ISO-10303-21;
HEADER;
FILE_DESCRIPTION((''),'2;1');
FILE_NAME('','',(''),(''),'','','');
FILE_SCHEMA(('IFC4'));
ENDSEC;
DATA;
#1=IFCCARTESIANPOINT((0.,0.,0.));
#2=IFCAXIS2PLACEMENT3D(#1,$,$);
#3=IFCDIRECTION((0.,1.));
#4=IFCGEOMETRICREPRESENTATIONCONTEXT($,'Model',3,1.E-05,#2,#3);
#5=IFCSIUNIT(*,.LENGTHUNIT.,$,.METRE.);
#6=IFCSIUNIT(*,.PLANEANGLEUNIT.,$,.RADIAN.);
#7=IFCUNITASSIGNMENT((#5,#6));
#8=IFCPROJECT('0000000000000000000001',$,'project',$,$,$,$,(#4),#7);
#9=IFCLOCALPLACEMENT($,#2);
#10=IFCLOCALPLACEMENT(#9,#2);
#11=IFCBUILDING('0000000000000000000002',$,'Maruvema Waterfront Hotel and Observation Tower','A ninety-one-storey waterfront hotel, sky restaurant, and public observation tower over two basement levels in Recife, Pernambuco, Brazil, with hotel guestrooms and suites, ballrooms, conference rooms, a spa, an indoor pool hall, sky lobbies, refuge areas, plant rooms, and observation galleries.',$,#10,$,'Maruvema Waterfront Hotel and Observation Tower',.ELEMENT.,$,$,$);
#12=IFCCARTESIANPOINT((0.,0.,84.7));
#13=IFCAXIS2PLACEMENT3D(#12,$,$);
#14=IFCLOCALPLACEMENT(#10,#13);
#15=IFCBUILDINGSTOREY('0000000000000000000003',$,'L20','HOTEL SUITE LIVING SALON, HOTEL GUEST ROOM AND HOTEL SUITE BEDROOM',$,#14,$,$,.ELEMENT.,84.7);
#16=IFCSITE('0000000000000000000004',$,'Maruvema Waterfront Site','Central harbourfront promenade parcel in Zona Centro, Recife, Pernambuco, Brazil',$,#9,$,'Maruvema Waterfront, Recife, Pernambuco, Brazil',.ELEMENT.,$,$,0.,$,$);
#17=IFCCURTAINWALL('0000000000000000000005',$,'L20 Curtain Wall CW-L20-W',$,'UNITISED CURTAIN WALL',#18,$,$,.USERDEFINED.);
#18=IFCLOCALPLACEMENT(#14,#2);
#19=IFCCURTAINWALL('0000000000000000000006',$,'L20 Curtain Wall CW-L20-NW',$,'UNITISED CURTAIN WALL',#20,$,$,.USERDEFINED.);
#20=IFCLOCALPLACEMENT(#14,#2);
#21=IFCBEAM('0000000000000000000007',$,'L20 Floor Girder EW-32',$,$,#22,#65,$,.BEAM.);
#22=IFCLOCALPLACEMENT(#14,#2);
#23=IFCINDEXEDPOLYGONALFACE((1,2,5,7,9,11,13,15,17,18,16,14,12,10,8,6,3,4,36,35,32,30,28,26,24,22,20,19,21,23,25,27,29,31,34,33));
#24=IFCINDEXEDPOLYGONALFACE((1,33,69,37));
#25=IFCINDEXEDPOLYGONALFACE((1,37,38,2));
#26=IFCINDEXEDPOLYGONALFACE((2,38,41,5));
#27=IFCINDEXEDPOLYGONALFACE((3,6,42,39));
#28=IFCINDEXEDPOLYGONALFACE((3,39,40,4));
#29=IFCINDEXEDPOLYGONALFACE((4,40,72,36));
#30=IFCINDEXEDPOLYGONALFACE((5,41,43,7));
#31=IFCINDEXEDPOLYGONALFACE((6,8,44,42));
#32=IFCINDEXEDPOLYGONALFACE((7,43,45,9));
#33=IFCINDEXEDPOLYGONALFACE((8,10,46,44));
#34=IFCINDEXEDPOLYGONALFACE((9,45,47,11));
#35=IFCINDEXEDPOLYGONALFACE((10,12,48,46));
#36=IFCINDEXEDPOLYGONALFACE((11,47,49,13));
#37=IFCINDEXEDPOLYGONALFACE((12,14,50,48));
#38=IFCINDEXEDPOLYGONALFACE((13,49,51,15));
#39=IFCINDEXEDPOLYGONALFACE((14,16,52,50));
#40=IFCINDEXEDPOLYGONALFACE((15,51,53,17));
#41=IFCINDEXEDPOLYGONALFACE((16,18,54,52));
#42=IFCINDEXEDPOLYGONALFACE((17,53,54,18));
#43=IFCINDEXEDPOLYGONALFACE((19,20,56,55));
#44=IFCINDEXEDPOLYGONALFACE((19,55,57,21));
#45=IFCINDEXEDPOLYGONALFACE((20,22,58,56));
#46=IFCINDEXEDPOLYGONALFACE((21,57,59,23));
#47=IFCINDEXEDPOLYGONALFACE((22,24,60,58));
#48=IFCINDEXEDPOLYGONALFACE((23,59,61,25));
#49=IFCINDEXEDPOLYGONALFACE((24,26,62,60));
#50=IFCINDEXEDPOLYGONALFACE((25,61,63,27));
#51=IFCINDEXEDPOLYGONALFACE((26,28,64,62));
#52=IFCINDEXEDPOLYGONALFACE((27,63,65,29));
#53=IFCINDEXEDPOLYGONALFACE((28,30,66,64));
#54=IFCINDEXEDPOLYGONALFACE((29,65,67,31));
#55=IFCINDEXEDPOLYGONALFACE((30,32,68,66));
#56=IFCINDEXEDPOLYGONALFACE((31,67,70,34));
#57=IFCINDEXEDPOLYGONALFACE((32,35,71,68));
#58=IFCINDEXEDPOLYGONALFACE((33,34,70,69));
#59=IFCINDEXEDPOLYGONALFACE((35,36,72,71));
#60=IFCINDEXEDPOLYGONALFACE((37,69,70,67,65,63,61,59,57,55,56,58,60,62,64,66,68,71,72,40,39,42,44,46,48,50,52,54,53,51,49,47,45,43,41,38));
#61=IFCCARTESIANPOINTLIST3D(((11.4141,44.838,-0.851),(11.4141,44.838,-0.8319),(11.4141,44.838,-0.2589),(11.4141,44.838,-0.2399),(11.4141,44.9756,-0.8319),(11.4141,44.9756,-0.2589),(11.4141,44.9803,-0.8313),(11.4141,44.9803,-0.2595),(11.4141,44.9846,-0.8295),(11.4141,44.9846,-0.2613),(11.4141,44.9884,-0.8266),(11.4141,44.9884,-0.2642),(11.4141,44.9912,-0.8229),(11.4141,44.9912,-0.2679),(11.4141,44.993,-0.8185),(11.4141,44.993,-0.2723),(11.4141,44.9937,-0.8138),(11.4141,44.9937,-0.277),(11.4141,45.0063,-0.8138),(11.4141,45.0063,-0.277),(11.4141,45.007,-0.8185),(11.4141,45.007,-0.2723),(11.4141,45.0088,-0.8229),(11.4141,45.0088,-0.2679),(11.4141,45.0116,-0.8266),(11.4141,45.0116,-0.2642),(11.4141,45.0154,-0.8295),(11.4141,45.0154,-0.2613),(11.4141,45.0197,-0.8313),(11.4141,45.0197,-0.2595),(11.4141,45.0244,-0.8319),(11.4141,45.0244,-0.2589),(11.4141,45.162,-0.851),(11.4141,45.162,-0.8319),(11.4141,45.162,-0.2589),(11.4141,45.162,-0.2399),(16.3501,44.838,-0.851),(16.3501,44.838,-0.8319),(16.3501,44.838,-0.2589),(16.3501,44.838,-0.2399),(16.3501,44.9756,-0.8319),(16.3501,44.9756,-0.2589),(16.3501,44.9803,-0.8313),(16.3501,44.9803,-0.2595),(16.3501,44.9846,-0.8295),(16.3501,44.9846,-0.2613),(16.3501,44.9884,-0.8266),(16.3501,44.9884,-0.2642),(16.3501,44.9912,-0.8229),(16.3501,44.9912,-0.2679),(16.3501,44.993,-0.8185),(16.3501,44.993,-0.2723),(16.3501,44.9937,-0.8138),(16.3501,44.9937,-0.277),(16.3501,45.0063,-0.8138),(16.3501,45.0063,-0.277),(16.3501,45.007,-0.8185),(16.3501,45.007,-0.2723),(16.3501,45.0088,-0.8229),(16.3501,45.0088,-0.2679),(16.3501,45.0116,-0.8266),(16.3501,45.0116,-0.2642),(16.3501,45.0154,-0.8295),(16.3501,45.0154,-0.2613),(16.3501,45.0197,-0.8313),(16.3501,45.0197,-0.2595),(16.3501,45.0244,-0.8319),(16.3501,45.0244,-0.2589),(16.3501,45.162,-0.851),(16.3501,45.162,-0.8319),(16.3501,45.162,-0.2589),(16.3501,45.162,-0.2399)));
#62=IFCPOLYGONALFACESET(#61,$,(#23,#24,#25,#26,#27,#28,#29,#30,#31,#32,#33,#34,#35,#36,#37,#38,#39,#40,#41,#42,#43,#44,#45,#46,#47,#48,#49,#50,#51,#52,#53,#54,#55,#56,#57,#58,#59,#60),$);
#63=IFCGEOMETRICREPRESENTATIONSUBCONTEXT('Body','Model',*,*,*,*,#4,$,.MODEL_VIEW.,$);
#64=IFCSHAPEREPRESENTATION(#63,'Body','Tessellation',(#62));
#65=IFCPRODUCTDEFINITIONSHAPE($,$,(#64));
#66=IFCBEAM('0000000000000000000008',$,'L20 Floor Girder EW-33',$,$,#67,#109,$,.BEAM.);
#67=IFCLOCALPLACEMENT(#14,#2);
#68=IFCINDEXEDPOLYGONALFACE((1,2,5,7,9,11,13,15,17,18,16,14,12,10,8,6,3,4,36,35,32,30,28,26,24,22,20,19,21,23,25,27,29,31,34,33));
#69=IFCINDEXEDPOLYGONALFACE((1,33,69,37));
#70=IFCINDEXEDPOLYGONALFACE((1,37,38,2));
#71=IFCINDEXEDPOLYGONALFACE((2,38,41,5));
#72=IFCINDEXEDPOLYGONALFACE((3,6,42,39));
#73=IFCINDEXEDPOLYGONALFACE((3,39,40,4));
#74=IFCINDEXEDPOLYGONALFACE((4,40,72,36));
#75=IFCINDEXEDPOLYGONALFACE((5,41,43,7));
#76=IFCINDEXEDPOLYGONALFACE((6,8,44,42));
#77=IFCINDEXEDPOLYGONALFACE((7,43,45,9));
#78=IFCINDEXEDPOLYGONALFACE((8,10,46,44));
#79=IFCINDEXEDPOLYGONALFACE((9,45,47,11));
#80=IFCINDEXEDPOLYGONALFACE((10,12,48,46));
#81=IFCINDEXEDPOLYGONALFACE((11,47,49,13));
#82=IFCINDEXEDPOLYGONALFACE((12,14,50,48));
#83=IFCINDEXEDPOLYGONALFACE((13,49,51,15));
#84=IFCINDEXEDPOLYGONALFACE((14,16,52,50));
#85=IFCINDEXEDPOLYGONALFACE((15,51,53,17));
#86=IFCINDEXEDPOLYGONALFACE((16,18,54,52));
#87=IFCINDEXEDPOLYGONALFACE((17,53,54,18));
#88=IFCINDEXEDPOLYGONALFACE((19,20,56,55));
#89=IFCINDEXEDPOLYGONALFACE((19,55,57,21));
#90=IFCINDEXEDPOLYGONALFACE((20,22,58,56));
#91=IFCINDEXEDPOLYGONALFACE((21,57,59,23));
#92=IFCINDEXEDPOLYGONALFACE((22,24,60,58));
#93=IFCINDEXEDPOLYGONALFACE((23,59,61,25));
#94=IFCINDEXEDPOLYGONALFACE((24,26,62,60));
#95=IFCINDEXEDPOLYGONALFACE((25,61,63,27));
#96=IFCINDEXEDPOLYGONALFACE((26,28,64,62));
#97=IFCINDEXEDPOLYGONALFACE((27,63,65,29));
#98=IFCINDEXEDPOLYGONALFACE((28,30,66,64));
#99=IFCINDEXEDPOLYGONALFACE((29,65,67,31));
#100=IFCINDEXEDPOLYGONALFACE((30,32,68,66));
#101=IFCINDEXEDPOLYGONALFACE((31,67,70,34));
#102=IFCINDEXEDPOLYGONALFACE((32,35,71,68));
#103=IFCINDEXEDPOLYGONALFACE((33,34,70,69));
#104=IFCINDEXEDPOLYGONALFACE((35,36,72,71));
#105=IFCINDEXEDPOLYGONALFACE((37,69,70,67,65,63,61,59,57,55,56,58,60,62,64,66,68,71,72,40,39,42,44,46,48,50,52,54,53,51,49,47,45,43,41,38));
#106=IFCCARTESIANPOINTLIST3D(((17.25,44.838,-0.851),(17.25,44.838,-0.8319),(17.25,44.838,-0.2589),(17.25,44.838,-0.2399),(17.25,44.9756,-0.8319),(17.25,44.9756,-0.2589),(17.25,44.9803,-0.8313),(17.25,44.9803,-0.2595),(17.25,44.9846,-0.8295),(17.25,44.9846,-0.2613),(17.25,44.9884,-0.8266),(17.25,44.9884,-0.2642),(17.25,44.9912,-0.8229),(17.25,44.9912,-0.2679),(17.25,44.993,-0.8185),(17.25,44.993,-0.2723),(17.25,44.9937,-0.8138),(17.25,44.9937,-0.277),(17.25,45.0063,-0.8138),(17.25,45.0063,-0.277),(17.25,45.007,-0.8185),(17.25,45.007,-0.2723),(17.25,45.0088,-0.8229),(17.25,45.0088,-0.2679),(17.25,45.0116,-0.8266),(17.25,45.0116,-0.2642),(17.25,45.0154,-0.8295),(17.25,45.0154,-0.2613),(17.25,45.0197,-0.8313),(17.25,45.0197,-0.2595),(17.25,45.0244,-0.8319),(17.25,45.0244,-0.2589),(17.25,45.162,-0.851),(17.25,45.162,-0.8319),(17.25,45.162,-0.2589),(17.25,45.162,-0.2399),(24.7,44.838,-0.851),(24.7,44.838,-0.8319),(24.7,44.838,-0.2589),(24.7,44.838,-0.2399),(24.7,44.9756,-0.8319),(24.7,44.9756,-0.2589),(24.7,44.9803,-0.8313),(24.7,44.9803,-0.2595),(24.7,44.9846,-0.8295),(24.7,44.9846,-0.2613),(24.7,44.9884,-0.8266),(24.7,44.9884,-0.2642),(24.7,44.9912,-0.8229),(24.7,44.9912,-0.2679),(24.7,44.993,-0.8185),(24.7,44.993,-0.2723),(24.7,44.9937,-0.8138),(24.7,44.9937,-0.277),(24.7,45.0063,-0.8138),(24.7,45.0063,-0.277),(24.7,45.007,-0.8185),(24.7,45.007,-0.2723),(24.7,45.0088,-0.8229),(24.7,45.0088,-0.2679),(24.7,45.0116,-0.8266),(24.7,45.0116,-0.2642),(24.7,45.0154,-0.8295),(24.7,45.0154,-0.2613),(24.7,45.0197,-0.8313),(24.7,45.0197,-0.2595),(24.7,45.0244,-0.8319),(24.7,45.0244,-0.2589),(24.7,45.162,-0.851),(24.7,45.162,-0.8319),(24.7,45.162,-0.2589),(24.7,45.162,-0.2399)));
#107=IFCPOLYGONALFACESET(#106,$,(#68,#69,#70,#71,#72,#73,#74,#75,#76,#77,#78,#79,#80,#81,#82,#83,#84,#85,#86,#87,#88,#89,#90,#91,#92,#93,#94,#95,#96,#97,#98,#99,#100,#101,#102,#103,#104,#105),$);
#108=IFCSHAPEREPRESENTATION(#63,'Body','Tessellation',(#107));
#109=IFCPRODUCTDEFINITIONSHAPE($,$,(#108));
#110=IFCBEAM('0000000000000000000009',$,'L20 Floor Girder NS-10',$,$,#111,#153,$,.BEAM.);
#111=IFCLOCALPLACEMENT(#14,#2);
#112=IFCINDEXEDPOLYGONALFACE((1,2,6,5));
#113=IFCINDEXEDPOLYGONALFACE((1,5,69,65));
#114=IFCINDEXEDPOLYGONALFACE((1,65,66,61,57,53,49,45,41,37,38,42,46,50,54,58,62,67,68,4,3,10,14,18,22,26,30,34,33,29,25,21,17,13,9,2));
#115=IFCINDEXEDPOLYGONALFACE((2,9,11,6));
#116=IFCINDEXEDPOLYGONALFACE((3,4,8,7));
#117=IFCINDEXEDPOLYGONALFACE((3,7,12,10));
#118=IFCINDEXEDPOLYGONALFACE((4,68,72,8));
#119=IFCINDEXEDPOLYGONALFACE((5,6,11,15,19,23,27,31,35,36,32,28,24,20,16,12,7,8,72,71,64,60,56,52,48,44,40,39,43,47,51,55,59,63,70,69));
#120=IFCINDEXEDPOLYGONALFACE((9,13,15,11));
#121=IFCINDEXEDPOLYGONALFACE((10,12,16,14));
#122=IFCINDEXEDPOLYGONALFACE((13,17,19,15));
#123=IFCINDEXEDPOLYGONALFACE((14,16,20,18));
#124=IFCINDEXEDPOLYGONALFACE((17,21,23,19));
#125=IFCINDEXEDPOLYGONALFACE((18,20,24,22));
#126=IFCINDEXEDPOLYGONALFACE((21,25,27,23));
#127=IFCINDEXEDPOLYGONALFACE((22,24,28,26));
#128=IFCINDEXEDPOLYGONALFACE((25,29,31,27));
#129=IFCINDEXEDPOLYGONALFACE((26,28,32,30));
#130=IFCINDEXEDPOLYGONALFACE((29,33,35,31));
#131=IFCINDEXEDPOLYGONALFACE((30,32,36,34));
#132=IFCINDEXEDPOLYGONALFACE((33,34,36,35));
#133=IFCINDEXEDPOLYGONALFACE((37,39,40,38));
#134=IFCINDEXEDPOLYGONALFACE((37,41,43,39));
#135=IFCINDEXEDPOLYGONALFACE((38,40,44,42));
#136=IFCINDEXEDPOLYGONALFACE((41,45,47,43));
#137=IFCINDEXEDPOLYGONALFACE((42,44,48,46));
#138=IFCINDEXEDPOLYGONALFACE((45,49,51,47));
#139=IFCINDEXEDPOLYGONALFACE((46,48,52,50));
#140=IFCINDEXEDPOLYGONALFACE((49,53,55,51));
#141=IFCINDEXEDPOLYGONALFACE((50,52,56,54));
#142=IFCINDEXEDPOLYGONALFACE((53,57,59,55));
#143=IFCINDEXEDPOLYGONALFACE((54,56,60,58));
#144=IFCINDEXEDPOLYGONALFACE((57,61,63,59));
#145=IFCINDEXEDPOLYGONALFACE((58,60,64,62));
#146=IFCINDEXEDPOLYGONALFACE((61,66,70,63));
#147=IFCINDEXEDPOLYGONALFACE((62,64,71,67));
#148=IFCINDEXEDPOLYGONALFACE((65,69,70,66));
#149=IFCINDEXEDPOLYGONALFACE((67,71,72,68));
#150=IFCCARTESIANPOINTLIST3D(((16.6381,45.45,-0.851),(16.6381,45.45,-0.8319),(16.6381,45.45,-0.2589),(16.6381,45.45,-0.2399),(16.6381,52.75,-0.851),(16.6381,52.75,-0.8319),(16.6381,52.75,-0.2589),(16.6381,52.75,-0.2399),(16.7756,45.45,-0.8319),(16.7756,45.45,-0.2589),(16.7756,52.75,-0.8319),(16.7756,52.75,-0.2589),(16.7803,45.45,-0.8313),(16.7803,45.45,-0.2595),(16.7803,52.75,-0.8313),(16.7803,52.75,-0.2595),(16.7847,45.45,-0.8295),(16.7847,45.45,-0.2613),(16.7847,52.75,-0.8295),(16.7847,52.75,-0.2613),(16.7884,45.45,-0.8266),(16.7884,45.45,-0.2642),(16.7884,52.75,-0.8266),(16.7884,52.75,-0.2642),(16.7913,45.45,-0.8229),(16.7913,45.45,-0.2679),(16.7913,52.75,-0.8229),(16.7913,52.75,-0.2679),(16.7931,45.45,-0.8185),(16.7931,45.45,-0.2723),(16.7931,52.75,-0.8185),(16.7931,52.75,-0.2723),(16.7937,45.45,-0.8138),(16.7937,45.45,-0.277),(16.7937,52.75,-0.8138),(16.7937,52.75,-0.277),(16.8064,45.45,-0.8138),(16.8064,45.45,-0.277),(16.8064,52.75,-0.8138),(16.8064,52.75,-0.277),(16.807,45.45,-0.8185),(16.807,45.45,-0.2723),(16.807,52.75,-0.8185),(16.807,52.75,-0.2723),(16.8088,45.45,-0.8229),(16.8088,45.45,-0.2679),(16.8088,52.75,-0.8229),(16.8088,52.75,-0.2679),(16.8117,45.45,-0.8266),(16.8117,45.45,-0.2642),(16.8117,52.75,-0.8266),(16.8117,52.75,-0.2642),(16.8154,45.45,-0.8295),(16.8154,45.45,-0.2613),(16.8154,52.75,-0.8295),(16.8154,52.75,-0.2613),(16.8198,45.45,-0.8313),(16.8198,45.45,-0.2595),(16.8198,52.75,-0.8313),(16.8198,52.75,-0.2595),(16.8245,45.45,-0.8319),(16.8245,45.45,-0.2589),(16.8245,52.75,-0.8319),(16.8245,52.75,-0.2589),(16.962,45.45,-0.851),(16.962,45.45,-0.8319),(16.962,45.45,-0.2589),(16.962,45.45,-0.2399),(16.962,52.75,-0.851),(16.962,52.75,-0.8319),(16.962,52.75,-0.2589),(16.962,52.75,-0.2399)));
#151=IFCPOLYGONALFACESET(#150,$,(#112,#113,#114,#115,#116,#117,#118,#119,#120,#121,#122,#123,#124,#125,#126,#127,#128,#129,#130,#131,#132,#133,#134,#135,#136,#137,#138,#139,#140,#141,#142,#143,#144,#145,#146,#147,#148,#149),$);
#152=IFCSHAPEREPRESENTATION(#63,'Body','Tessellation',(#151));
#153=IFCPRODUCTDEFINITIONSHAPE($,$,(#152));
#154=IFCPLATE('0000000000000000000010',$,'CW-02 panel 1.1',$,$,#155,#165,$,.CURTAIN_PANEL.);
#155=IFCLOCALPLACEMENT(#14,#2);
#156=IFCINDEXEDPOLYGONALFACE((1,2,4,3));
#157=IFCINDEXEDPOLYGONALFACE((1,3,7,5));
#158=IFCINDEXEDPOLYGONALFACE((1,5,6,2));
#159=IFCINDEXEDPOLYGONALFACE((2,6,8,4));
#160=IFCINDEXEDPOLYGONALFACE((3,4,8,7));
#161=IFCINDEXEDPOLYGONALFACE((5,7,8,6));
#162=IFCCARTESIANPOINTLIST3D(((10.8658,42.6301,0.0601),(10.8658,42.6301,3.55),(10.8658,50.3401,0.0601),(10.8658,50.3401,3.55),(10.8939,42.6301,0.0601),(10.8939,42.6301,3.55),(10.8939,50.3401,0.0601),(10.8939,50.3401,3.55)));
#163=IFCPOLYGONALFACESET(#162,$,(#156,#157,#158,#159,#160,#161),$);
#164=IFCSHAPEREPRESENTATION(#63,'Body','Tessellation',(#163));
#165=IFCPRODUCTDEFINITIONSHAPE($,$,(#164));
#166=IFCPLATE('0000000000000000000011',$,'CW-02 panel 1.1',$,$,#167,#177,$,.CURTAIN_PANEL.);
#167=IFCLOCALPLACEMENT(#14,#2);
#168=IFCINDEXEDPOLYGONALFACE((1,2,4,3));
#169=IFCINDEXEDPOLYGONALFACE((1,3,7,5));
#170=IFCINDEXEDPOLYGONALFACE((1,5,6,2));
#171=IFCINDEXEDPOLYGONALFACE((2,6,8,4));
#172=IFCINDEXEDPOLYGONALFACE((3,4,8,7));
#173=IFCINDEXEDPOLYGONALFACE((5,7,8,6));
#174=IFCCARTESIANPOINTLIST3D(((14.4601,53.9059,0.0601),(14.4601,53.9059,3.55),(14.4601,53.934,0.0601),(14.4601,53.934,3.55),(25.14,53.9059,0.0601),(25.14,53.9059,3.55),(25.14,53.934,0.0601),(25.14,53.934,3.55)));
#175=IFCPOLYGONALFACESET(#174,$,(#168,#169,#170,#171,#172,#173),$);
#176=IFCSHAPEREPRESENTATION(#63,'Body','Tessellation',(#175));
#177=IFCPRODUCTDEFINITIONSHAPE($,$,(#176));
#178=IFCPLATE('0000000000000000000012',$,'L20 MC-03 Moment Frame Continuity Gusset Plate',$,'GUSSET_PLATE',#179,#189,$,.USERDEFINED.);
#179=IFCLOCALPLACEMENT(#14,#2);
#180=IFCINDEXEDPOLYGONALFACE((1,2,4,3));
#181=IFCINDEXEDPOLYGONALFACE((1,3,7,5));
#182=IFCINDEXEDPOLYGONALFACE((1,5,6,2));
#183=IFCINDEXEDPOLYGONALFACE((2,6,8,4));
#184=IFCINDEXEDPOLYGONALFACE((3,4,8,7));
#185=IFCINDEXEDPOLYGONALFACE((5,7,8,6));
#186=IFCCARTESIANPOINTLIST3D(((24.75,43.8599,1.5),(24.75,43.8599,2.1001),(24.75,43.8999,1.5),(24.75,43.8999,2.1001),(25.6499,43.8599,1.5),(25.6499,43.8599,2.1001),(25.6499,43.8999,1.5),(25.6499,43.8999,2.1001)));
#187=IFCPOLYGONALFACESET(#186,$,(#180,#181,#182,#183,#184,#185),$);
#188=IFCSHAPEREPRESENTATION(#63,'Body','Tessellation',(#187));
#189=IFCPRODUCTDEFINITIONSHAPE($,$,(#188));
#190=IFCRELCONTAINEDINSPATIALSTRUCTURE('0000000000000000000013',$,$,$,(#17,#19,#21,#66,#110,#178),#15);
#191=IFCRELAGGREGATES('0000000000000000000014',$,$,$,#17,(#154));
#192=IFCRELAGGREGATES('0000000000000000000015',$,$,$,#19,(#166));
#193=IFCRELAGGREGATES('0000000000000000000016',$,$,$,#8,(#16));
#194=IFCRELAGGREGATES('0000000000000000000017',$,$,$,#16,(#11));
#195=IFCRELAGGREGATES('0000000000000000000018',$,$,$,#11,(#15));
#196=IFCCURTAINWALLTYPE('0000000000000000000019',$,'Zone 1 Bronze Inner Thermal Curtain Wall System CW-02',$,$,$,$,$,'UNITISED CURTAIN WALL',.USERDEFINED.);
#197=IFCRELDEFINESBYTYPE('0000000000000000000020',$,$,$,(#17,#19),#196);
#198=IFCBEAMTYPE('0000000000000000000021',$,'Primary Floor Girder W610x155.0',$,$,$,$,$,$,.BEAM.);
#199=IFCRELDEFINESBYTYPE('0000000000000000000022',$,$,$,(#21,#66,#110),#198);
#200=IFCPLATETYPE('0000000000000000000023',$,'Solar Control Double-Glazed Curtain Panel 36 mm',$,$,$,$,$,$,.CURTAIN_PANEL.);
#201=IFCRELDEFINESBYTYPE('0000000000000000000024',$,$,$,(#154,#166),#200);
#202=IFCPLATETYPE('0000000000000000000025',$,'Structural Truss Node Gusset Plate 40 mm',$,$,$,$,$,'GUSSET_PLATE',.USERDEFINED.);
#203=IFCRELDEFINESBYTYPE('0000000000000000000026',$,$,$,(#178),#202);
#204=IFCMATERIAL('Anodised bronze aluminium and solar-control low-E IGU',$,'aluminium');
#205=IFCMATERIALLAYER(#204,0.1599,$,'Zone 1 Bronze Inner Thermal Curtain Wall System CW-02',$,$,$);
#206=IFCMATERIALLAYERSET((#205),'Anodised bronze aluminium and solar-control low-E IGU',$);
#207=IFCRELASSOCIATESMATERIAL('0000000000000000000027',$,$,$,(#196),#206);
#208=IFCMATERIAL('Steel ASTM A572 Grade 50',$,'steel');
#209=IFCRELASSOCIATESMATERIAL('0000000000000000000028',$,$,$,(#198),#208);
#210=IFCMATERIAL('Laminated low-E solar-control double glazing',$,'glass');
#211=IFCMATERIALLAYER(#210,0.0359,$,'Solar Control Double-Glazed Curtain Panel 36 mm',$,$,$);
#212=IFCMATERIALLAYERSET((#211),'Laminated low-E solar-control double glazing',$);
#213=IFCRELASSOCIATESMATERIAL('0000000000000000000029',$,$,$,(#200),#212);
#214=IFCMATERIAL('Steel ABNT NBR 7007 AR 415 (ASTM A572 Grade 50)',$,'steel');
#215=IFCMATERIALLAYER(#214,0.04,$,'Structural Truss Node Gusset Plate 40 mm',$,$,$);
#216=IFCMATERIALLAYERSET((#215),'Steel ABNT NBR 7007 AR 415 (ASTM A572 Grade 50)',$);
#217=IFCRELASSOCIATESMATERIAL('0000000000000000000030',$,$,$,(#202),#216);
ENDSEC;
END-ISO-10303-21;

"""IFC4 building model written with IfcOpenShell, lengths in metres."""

from ifc_helpers import new_model, si_unit, direction, frame, origin, origin_2d, place, context, subcontext, project, spatial, rectangle, i_section, extrude, material, layer, layer_set, material_profile, profile_set, type_object, element, aggregate, save


model = new_model("IFC4")

# Units and contexts
model_context = context("Model", 3, precision=1e-05, world=origin(), true_north=direction((0.0, 1.0)))
body_context = subcontext(model_context, "Body", "Model", "MODEL_VIEW")
ifc_project = project(units=[si_unit("LENGTHUNIT", "METRE"), si_unit("PLANEANGLEUNIT", "RADIAN")], contexts=[model_context])

# Site, building, storey
site_placement = place(None, origin())
site = spatial("IfcSite", under=ifc_project, at=site_placement, Name="Maruvema Waterfront Site", Description="Central harbourfront promenade parcel in Zona Centro, Recife, Pernambuco, Brazil", LongName="Maruvema Waterfront, Recife, Pernambuco, Brazil", CompositionType="ELEMENT", RefElevation=0.0)
building_placement = place(site_placement, origin())
building = spatial("IfcBuilding", under=site, at=building_placement, Name="Maruvema Waterfront Hotel and Observation Tower", Description="A ninety-one-storey waterfront hotel, sky restaurant, and public observation tower over two basement levels in Recife, Pernambuco, Brazil, with hotel guestrooms and suites, ballrooms, conference rooms, a spa, an indoor pool hall, sky lobbies, refuge areas, plant rooms, and observation galleries.", LongName="Maruvema Waterfront Hotel and Observation Tower", CompositionType="ELEMENT")
storey_placement = place(building_placement, frame((0.0, 0.0, 84.7)))
storey = spatial("IfcBuildingStorey", under=building, at=storey_placement, Name="L20", Description="HOTEL SUITE LIVING SALON, HOTEL GUEST ROOM AND HOTEL SUITE BEDROOM", CompositionType="ELEMENT", Elevation=84.7)

# Curtain walls
ifc_material_1 = material(Name="Anodised bronze aluminium and solar-control low-E IGU", Category="aluminium")
ifc_layer_1 = layer(ifc_material_1, 0.1599, Name="Zone 1 Bronze Inner Thermal Curtain Wall System CW-02")
ifc_layer_set_1 = layer_set([ifc_layer_1], Name="Anodised bronze aluminium and solar-control low-E IGU")
curtain_wall_type = type_object("IfcCurtainWallType", Name="Zone 1 Bronze Inner Thermal Curtain Wall System CW-02", ElementType="UNITISED CURTAIN WALL", PredefinedType="USERDEFINED", material=ifc_layer_set_1)
curtain_wall_1_placement = place(storey_placement, origin())
curtain_wall_1 = element("IfcCurtainWall", 1, at=curtain_wall_1_placement, inside=storey, type_object=curtain_wall_type, Name="L20 Curtain Wall CW-L20-W", ObjectType="UNITISED CURTAIN WALL", PredefinedType="USERDEFINED")
curtain_wall_2_placement = place(storey_placement, origin())
curtain_wall_2 = element("IfcCurtainWall", 2, at=curtain_wall_2_placement, inside=storey, type_object=curtain_wall_type, Name="L20 Curtain Wall CW-L20-NW", ObjectType="UNITISED CURTAIN WALL", PredefinedType="USERDEFINED")

# Beams
ifc_material_2 = material(Name="Steel ASTM A572 Grade 50", Category="steel")
ifc_material_profile_1 = material_profile(ifc_material_2, i_section(OverallWidth=0.324, OverallDepth=0.6111, WebThickness=0.0127, FlangeThickness=0.019, FilletRadius=0.0181, at=origin_2d()), Name="W610x155.0")
ifc_profile_set_1 = profile_set([ifc_material_profile_1], Name="Steel ASTM A572 Grade 50")
beam_type = type_object("IfcBeamType", Name="Primary Floor Girder W610x155.0", PredefinedType="BEAM", material=ifc_profile_set_1)
beam_1_placement = place(storey_placement, frame((11.4141, 45.0, -0.5454), z_axis=(1.0, 0.0, 0.0), x_axis=(0.0, 1.0, 0.0)))
element("IfcBeam", 3, at=beam_1_placement, inside=storey, type_object=beam_type, Name="L20 Floor Girder EW-32", PredefinedType="BEAM", context=body_context, shape_type="SweptSolid", body=[
    extrude(i_section(OverallWidth=0.324, OverallDepth=0.6111, WebThickness=0.0127, FlangeThickness=0.019, FilletRadius=0.0181, at=origin_2d()), origin(), (0.0, 0.0, 1.0), 4.936),
])
beam_2_placement = place(storey_placement, frame((17.25, 45.0, -0.5454), z_axis=(1.0, 0.0, 0.0), x_axis=(0.0, 1.0, 0.0)))
element("IfcBeam", 4, at=beam_2_placement, inside=storey, type_object=beam_type, Name="L20 Floor Girder EW-33", PredefinedType="BEAM", context=body_context, shape_type="SweptSolid", body=[
    extrude(i_section(OverallWidth=0.324, OverallDepth=0.6111, WebThickness=0.0127, FlangeThickness=0.019, FilletRadius=0.0181, at=origin_2d()), origin(), (0.0, 0.0, 1.0), 7.45),
])
beam_3_placement = place(storey_placement, frame((16.8, 45.45, -0.5454), z_axis=(0.0, 1.0, 0.0), x_axis=(-1.0, 0.0, 0.0)))
element("IfcBeam", 5, at=beam_3_placement, inside=storey, type_object=beam_type, Name="L20 Floor Girder NS-10", PredefinedType="BEAM", context=body_context, shape_type="SweptSolid", body=[
    extrude(i_section(OverallWidth=0.324, OverallDepth=0.6111, WebThickness=0.0127, FlangeThickness=0.019, FilletRadius=0.0181, at=origin_2d()), origin(), (0.0, 0.0, 1.0), 7.3),
])

# Plates
ifc_material_3 = material(Name="Laminated low-E solar-control double glazing", Category="glass")
ifc_layer_2 = layer(ifc_material_3, 0.0359, Name="Solar Control Double-Glazed Curtain Panel 36 mm")
ifc_layer_set_2 = layer_set([ifc_layer_2], Name="Laminated low-E solar-control double glazing")
plate_type_1 = type_object("IfcPlateType", Name="Solar Control Double-Glazed Curtain Panel 36 mm", PredefinedType="CURTAIN_PANEL", material=ifc_layer_set_2)
plate_1_placement = place(storey_placement, frame((10.8799, 46.4851, 0.0601), z_axis=(0.0, 0.0, 1.0), x_axis=(0.0, -1.0, 0.0)))
plate_1 = element("IfcPlate", 6, at=plate_1_placement, type_object=plate_type_1, Name="CW-02 panel 1.1", PredefinedType="CURTAIN_PANEL", context=body_context, shape_type="SweptSolid", body=[
    extrude(rectangle(XDim=7.71, YDim=0.0281, at=origin_2d()), origin(), (0.0, 0.0, 1.0), 3.49),
])
aggregate(curtain_wall_1, [plate_1])
plate_2_placement = place(storey_placement, frame((19.8, 53.9199, 0.0601), z_axis=(0.0, 0.0, 1.0), x_axis=(-1.0, 0.0, 0.0)))
plate_2 = element("IfcPlate", 7, at=plate_2_placement, type_object=plate_type_1, Name="CW-02 panel 1.1", PredefinedType="CURTAIN_PANEL", context=body_context, shape_type="SweptSolid", body=[
    extrude(rectangle(XDim=10.6799, YDim=0.0281, at=origin_2d()), origin(), (0.0, 0.0, 1.0), 3.49),
])
aggregate(curtain_wall_2, [plate_2])
ifc_material_4 = material(Name="Steel ABNT NBR 7007 AR 415 (ASTM A572 Grade 50)", Category="steel")
ifc_layer_3 = layer(ifc_material_4, 0.04, Name="Structural Truss Node Gusset Plate 40 mm")
ifc_layer_set_3 = layer_set([ifc_layer_3], Name="Steel ABNT NBR 7007 AR 415 (ASTM A572 Grade 50)")
plate_type_2 = type_object("IfcPlateType", Name="Structural Truss Node Gusset Plate 40 mm", ElementType="GUSSET_PLATE", PredefinedType="USERDEFINED", material=ifc_layer_set_3)
plate_3_placement = place(storey_placement, frame((25.2, 43.8799, 1.5), z_axis=(0.0, 0.0, 1.0), x_axis=(1.0, 0.0, 0.0)))
element("IfcPlate", 8, at=plate_3_placement, inside=storey, type_object=plate_type_2, Name="L20 MC-03 Moment Frame Continuity Gusset Plate", ObjectType="GUSSET_PLATE", PredefinedType="USERDEFINED", context=body_context, shape_type="SweptSolid", body=[
    extrude(rectangle(XDim=0.8999, YDim=0.04, at=origin_2d()), origin(), (0.0, 0.0, 1.0), 0.6001),
])

save(model, "model.ifc")
